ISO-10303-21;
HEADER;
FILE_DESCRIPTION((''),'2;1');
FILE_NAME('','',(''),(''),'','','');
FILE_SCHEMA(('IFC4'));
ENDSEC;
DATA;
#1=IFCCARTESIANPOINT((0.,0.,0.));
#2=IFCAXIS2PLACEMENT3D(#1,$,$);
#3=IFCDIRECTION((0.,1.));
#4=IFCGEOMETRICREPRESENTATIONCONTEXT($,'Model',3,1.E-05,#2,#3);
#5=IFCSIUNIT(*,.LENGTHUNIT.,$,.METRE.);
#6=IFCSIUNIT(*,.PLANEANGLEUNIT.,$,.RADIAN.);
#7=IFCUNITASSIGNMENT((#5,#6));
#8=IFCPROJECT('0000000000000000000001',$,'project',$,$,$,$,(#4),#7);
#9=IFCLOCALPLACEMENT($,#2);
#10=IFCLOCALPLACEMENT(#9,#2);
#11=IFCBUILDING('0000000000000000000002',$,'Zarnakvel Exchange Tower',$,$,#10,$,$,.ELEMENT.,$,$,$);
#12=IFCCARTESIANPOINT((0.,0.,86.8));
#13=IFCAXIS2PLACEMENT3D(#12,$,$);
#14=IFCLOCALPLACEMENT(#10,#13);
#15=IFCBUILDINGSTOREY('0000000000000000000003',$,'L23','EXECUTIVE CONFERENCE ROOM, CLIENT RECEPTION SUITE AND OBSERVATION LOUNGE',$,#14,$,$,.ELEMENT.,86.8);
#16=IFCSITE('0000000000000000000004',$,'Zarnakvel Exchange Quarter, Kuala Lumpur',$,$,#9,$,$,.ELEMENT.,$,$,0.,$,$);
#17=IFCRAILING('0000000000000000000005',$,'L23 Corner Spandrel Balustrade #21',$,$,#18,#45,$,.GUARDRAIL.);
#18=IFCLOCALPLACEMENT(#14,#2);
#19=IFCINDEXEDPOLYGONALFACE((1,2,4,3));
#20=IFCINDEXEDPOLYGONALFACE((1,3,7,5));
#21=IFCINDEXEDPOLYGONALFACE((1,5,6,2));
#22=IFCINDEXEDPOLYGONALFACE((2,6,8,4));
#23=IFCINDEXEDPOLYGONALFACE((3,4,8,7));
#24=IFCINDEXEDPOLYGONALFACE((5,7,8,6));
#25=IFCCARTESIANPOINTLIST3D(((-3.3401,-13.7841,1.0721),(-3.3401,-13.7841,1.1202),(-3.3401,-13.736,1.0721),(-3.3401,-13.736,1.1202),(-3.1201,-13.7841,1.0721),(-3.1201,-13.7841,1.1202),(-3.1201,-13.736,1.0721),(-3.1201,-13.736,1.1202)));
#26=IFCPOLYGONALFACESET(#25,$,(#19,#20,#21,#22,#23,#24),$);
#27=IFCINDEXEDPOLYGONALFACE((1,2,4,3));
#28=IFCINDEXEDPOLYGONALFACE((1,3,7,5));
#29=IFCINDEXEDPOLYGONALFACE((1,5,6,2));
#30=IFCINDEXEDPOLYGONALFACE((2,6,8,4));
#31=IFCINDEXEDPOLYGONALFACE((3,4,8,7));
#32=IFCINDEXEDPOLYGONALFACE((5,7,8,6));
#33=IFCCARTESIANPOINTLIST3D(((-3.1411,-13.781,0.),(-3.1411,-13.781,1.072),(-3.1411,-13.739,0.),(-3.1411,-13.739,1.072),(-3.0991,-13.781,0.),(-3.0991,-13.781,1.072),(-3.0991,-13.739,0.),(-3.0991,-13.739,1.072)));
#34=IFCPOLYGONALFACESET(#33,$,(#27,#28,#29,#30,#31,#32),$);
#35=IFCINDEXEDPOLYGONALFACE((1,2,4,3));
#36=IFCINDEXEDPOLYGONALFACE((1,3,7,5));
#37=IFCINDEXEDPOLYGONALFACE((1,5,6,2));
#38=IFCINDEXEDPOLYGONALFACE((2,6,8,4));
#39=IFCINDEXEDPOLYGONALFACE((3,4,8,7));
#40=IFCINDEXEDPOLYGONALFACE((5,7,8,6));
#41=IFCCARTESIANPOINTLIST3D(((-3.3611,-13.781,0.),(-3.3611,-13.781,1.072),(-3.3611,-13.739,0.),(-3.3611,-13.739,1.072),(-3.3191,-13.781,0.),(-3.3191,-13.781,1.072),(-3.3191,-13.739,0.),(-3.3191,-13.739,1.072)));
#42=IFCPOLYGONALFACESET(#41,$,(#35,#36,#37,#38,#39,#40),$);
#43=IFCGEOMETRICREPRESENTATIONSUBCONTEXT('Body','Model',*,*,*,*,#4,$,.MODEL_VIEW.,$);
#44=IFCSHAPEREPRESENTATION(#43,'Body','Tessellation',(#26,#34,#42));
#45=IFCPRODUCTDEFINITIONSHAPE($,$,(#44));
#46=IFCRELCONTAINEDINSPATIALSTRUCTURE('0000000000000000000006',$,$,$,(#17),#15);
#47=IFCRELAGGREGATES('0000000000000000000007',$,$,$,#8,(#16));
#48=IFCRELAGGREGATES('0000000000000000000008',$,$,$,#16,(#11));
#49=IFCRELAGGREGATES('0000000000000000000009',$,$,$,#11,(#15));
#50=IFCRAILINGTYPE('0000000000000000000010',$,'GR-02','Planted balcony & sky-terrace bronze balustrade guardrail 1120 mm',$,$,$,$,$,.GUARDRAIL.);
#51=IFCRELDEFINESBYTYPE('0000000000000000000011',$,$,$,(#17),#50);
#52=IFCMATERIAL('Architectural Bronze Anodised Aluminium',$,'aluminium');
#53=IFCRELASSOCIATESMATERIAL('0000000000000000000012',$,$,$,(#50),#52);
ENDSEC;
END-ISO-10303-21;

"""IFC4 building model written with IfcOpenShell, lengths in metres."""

from ifc_helpers import new_model, si_unit, direction, frame, origin, origin_2d, place, context, subcontext, project, spatial, rectangle, extrude, material, type_object, element, save


model = new_model("IFC4")

# Units and contexts
model_context = context("Model", 3, precision=1e-05, world=origin(), true_north=direction((0.0, 1.0)))
body_context = subcontext(model_context, "Body", "Model", "MODEL_VIEW")
ifc_project = project(units=[si_unit("LENGTHUNIT", "METRE"), si_unit("PLANEANGLEUNIT", "RADIAN")], contexts=[model_context])

# Site, building, storey
site_placement = place(None, origin())
site = spatial("IfcSite", under=ifc_project, at=site_placement, Name="Zarnakvel Exchange Quarter, Kuala Lumpur", CompositionType="ELEMENT", RefElevation=0.0)
building_placement = place(site_placement, origin())
building = spatial("IfcBuilding", under=site, at=building_placement, Name="Zarnakvel Exchange Tower", CompositionType="ELEMENT")
storey_placement = place(building_placement, frame((0.0, 0.0, 86.8)))
storey = spatial("IfcBuildingStorey", under=building, at=storey_placement, Name="L23", Description="EXECUTIVE CONFERENCE ROOM, CLIENT RECEPTION SUITE AND OBSERVATION LOUNGE", CompositionType="ELEMENT", Elevation=86.8)

# Shared definitions
ifc_material_1 = material(Name="Architectural Bronze Anodised Aluminium", Category="aluminium")

# Railing
railing_type = type_object("IfcRailingType", Name="GR-02", Description="Planted balcony & sky-terrace bronze balustrade guardrail 1120 mm", PredefinedType="GUARDRAIL", material=ifc_material_1)
railing_placement = place(storey_placement, frame((-3.1201, -13.76, 0.0)))
element("IfcRailing", 1, at=railing_placement, inside=storey, type_object=railing_type, Name="L23 Corner Spandrel Balustrade #21", PredefinedType="GUARDRAIL", context=body_context, shape_type="SweptSolid", body=[
    extrude(rectangle(XDim=0.0481, YDim=0.0481, at=origin_2d()), frame((0.0, 0.0, 1.0962), z_axis=(-1.0, 0.0, 0.0), x_axis=(0.0, -1.0, 0.0)), (0.0, 0.0, 1.0), 0.22),
    extrude(rectangle(XDim=0.042, YDim=0.042, at=origin_2d()), origin(), (0.0, 0.0, 1.0), 1.072),
    extrude(rectangle(XDim=0.042, YDim=0.042, at=origin_2d()), frame((-0.22, 0.0, 0.0)), (0.0, 0.0, 1.0), 1.072),
])

save(model, "model.ifc")
